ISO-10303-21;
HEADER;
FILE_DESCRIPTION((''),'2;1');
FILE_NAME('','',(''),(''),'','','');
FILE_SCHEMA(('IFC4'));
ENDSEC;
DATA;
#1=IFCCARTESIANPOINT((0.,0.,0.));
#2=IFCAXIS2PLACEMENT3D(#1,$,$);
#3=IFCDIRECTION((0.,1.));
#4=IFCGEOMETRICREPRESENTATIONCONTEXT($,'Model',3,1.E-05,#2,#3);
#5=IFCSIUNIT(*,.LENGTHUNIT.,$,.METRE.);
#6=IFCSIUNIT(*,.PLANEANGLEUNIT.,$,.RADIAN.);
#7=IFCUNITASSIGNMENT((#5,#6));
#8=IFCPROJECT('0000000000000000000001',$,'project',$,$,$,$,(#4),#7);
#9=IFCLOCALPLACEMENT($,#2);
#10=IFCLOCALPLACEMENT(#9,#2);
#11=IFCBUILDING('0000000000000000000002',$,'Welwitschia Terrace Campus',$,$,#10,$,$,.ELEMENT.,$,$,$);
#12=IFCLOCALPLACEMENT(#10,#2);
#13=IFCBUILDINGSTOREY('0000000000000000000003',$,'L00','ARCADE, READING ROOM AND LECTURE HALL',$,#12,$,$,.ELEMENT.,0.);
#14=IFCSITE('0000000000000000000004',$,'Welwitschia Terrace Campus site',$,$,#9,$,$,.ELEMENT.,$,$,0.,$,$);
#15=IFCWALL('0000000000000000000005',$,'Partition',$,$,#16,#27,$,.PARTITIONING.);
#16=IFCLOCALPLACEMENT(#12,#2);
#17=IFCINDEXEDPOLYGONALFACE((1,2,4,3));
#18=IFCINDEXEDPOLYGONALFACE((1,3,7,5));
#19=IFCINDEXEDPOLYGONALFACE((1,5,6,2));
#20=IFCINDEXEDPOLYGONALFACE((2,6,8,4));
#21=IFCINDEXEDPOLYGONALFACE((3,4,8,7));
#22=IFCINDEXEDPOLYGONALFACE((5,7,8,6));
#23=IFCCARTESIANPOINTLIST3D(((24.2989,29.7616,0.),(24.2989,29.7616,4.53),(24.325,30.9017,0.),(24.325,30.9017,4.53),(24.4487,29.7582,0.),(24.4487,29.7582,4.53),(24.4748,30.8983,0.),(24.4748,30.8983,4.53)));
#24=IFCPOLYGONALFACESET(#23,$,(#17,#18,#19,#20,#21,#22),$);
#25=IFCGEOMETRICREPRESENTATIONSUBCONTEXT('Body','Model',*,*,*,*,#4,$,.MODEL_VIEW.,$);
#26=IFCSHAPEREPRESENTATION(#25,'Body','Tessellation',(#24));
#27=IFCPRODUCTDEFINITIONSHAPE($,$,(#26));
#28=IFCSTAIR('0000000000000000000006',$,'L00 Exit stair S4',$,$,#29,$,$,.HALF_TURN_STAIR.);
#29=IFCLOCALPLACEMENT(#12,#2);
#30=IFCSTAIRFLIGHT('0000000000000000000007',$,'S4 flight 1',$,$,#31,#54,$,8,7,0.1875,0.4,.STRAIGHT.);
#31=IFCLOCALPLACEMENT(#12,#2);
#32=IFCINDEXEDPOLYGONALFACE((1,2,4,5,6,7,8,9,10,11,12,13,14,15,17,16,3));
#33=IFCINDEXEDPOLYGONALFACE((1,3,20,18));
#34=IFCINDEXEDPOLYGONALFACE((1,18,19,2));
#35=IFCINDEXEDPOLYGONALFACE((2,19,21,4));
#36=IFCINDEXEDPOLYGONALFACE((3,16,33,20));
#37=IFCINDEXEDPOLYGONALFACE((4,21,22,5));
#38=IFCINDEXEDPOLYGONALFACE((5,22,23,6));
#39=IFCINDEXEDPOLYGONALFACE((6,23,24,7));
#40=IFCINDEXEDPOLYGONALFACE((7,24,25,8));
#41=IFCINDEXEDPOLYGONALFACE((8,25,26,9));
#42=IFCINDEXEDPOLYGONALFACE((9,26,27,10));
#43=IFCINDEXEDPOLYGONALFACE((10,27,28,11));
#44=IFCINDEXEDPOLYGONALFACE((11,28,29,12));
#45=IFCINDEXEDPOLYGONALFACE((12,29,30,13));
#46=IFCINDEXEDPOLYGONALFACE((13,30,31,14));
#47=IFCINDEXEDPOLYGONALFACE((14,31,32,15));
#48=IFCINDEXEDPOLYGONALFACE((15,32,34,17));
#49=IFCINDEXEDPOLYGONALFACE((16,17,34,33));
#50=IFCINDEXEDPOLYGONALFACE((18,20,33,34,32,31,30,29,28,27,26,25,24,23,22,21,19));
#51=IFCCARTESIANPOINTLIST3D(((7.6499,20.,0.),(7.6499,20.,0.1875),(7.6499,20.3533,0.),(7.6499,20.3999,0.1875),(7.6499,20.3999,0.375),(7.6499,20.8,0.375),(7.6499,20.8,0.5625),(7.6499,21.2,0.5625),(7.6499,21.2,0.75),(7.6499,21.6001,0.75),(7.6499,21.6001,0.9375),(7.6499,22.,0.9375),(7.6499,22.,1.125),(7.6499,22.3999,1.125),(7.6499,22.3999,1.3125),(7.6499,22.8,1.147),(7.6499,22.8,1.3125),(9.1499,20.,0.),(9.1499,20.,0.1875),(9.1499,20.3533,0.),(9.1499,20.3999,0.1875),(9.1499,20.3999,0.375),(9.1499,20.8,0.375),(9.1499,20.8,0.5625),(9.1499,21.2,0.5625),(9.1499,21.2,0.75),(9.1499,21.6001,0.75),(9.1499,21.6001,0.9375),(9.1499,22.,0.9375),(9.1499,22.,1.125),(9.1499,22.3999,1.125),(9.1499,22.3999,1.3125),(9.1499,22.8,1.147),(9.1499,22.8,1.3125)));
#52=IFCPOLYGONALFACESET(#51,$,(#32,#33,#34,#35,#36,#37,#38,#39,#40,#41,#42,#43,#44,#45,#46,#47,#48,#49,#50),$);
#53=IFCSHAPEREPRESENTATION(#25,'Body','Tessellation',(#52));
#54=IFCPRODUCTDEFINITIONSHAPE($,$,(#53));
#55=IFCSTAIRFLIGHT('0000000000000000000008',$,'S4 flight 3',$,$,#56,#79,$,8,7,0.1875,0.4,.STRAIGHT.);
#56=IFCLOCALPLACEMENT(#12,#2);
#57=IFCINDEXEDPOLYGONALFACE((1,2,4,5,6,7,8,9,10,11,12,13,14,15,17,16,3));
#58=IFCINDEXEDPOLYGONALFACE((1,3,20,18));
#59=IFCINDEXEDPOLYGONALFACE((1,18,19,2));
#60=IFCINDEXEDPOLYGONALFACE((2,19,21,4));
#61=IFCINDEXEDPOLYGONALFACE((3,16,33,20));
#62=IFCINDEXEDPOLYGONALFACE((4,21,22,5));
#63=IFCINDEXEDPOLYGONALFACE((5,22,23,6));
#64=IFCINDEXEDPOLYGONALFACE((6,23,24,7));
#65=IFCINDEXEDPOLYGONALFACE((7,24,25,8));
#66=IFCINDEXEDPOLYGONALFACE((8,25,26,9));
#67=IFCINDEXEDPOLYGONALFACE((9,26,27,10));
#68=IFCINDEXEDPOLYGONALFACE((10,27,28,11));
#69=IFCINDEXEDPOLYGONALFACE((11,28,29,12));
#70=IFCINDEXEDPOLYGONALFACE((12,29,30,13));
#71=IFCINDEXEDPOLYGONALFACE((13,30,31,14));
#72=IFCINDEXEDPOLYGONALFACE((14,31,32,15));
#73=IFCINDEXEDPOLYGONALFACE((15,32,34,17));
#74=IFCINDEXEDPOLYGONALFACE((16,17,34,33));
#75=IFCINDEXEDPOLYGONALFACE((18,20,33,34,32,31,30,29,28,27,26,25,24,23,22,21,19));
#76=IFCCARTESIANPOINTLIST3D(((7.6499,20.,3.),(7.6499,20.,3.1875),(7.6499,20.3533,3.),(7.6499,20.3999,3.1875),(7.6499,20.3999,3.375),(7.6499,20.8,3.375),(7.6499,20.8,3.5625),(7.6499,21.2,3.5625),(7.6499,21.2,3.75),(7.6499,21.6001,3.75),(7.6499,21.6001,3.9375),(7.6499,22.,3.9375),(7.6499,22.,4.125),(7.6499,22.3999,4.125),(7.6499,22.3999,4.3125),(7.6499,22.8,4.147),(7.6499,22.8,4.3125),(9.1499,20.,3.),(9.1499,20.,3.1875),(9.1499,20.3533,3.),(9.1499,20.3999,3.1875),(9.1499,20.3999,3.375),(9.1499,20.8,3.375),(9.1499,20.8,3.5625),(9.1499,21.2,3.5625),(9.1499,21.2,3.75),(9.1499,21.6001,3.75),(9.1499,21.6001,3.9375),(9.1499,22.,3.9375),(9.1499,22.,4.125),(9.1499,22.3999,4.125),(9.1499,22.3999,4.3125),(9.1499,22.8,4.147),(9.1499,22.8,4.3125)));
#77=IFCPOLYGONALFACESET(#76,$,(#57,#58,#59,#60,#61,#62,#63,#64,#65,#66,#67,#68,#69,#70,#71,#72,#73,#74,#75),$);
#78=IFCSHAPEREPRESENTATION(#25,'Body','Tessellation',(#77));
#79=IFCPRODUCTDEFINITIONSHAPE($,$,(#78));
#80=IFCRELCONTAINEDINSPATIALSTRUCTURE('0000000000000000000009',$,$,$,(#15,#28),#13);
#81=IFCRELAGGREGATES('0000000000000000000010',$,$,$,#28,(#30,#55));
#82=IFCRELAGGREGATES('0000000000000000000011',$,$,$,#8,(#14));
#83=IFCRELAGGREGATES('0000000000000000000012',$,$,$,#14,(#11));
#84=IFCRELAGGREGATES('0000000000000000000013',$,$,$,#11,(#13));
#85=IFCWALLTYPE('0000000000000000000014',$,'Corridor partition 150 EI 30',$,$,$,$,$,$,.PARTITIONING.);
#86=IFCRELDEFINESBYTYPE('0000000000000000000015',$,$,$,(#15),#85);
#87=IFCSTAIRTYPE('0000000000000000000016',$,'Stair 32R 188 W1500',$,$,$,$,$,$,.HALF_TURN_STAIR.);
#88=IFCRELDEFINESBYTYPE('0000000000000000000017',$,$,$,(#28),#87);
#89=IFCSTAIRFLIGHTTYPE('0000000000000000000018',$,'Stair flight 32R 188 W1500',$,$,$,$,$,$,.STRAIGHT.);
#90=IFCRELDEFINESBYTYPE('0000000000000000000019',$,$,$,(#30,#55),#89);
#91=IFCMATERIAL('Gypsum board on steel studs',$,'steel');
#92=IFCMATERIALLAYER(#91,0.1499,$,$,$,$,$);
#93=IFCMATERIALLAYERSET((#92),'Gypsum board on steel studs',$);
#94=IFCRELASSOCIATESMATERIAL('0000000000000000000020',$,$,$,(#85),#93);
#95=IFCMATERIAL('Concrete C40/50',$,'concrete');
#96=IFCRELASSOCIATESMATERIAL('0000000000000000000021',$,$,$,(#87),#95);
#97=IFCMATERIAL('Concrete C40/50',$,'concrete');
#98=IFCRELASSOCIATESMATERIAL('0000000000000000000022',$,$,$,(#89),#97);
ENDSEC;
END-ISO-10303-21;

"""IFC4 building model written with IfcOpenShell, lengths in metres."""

from ifc_helpers import new_model, si_unit, direction, frame, frame_2d, origin, place, context, subcontext, project, spatial, polyline, rectangle, outline, extrude, material, layer, layer_set, type_object, element, aggregate, save


model = new_model("IFC4")

# Units and contexts
model_context = context("Model", 3, precision=1e-05, world=origin(), true_north=direction((0.0, 1.0)))
body_context = subcontext(model_context, "Body", "Model", "MODEL_VIEW")
ifc_project = project(units=[si_unit("LENGTHUNIT", "METRE"), si_unit("PLANEANGLEUNIT", "RADIAN")], contexts=[model_context])

# Site, building, storey
site_placement = place(None, origin())
site = spatial("IfcSite", under=ifc_project, at=site_placement, Name="Welwitschia Terrace Campus site", CompositionType="ELEMENT", RefElevation=0.0)
building_placement = place(site_placement, origin())
building = spatial("IfcBuilding", under=site, at=building_placement, Name="Welwitschia Terrace Campus", CompositionType="ELEMENT")
storey_placement = place(building_placement, origin())
storey = spatial("IfcBuildingStorey", under=building, at=storey_placement, Name="L00", Description="ARCADE, READING ROOM AND LECTURE HALL", CompositionType="ELEMENT", Elevation=0.0)

# Wall
ifc_material_1 = material(Name="Gypsum board on steel studs", Category="steel")
ifc_layer_1 = layer(ifc_material_1, 0.1499)
ifc_layer_set_1 = layer_set([ifc_layer_1], Name="Gypsum board on steel studs")
wall_type_1 = type_object("IfcWallType", Name="Corridor partition 150 EI 30", PredefinedType="PARTITIONING", material=ifc_layer_set_1)
wall_1_placement = place(storey_placement, frame((24.3738, 29.7598, 0.0), z_axis=(0.0, 0.0, 1.0), x_axis=(0.022906, 0.999738, 0.0)))
element("IfcWall", 1, at=wall_1_placement, inside=storey, type_object=wall_type_1, Name="Partition", PredefinedType="PARTITIONING", context=body_context, shape_type="SweptSolid", body=[
    extrude(rectangle(XDim=1.1404, YDim=0.1499, at=frame_2d((0.5703, 0.0))), origin(), (0.0, 0.0, 1.0), 4.53),
])

# Stair, stair flights
ifc_material_2 = material(Name="Concrete C40/50", Category="concrete")
stair_type = type_object("IfcStairType", Name="Stair 32R 188 W1500", PredefinedType="HALF_TURN_STAIR", material=ifc_material_2)
stair_placement = place(storey_placement, origin())
stair = element("IfcStair", 2, at=stair_placement, inside=storey, type_object=stair_type, Name="L00 Exit stair S4", PredefinedType="HALF_TURN_STAIR")
ifc_material_3 = material(Name="Concrete C40/50", Category="concrete")
stair_flight_type = type_object("IfcStairFlightType", Name="Stair flight 32R 188 W1500", PredefinedType="STRAIGHT", material=ifc_material_3)
stair_flight_1_placement = place(storey_placement, frame((8.3999, 20.0, 0.0), z_axis=(0.0, 0.0, 1.0), x_axis=(0.0, 1.0, 0.0)))
stair_flight_1 = element("IfcStairFlight", 3, at=stair_flight_1_placement, type_object=stair_flight_type, Name="S4 flight 1", NumberOfRisers=8, NumberOfTreads=7, PredefinedType="STRAIGHT", RiserHeight=0.1875, TreadLength=0.4, context=body_context, shape_type="SweptSolid", body=[
    extrude(outline(polyline([(0.0, 0.0), (0.0, 0.1875), (0.3999, 0.1875), (0.3999, 0.375), (0.8, 0.375), (0.8, 0.5625), (1.2, 0.5625), (1.2, 0.75), (1.6001, 0.75), (1.6001, 0.9375), (2.0, 0.9375), (2.0, 1.125), (2.3999, 1.125), (2.3999, 1.3125), (2.8, 1.3125), (2.8, 1.5), (2.8, 1.147), (0.3533, 0.0), (0.0, 0.0)])), frame((0.0, 0.75, 0.0), z_axis=(0.0, -1.0, 0.0), x_axis=(1.0, 0.0, 0.0)), (0.0, 0.0, 1.0), 1.5),
])
stair_flight_2_placement = place(storey_placement, frame((8.3999, 20.0, 3.0), z_axis=(0.0, 0.0, 1.0), x_axis=(0.0, 1.0, 0.0)))
stair_flight_2 = element("IfcStairFlight", 4, at=stair_flight_2_placement, type_object=stair_flight_type, Name="S4 flight 3", NumberOfRisers=8, NumberOfTreads=7, PredefinedType="STRAIGHT", RiserHeight=0.1875, TreadLength=0.4, context=body_context, shape_type="SweptSolid", body=[
    extrude(outline(polyline([(0.0, 0.0), (0.0, 0.1875), (0.3999, 0.1875), (0.3999, 0.375), (0.8, 0.375), (0.8, 0.5625), (1.2, 0.5625), (1.2, 0.75), (1.6001, 0.75), (1.6001, 0.9375), (2.0, 0.9375), (2.0, 1.125), (2.3999, 1.125), (2.3999, 1.3125), (2.8, 1.3125), (2.8, 1.5), (2.8, 1.147), (0.3533, 0.0), (0.0, 0.0)])), frame((0.0, 0.75, 0.0), z_axis=(0.0, -1.0, 0.0), x_axis=(1.0, 0.0, 0.0)), (0.0, 0.0, 1.0), 1.5),
])
aggregate(stair, [stair_flight_1, stair_flight_2])

save(model, "model.ifc")
